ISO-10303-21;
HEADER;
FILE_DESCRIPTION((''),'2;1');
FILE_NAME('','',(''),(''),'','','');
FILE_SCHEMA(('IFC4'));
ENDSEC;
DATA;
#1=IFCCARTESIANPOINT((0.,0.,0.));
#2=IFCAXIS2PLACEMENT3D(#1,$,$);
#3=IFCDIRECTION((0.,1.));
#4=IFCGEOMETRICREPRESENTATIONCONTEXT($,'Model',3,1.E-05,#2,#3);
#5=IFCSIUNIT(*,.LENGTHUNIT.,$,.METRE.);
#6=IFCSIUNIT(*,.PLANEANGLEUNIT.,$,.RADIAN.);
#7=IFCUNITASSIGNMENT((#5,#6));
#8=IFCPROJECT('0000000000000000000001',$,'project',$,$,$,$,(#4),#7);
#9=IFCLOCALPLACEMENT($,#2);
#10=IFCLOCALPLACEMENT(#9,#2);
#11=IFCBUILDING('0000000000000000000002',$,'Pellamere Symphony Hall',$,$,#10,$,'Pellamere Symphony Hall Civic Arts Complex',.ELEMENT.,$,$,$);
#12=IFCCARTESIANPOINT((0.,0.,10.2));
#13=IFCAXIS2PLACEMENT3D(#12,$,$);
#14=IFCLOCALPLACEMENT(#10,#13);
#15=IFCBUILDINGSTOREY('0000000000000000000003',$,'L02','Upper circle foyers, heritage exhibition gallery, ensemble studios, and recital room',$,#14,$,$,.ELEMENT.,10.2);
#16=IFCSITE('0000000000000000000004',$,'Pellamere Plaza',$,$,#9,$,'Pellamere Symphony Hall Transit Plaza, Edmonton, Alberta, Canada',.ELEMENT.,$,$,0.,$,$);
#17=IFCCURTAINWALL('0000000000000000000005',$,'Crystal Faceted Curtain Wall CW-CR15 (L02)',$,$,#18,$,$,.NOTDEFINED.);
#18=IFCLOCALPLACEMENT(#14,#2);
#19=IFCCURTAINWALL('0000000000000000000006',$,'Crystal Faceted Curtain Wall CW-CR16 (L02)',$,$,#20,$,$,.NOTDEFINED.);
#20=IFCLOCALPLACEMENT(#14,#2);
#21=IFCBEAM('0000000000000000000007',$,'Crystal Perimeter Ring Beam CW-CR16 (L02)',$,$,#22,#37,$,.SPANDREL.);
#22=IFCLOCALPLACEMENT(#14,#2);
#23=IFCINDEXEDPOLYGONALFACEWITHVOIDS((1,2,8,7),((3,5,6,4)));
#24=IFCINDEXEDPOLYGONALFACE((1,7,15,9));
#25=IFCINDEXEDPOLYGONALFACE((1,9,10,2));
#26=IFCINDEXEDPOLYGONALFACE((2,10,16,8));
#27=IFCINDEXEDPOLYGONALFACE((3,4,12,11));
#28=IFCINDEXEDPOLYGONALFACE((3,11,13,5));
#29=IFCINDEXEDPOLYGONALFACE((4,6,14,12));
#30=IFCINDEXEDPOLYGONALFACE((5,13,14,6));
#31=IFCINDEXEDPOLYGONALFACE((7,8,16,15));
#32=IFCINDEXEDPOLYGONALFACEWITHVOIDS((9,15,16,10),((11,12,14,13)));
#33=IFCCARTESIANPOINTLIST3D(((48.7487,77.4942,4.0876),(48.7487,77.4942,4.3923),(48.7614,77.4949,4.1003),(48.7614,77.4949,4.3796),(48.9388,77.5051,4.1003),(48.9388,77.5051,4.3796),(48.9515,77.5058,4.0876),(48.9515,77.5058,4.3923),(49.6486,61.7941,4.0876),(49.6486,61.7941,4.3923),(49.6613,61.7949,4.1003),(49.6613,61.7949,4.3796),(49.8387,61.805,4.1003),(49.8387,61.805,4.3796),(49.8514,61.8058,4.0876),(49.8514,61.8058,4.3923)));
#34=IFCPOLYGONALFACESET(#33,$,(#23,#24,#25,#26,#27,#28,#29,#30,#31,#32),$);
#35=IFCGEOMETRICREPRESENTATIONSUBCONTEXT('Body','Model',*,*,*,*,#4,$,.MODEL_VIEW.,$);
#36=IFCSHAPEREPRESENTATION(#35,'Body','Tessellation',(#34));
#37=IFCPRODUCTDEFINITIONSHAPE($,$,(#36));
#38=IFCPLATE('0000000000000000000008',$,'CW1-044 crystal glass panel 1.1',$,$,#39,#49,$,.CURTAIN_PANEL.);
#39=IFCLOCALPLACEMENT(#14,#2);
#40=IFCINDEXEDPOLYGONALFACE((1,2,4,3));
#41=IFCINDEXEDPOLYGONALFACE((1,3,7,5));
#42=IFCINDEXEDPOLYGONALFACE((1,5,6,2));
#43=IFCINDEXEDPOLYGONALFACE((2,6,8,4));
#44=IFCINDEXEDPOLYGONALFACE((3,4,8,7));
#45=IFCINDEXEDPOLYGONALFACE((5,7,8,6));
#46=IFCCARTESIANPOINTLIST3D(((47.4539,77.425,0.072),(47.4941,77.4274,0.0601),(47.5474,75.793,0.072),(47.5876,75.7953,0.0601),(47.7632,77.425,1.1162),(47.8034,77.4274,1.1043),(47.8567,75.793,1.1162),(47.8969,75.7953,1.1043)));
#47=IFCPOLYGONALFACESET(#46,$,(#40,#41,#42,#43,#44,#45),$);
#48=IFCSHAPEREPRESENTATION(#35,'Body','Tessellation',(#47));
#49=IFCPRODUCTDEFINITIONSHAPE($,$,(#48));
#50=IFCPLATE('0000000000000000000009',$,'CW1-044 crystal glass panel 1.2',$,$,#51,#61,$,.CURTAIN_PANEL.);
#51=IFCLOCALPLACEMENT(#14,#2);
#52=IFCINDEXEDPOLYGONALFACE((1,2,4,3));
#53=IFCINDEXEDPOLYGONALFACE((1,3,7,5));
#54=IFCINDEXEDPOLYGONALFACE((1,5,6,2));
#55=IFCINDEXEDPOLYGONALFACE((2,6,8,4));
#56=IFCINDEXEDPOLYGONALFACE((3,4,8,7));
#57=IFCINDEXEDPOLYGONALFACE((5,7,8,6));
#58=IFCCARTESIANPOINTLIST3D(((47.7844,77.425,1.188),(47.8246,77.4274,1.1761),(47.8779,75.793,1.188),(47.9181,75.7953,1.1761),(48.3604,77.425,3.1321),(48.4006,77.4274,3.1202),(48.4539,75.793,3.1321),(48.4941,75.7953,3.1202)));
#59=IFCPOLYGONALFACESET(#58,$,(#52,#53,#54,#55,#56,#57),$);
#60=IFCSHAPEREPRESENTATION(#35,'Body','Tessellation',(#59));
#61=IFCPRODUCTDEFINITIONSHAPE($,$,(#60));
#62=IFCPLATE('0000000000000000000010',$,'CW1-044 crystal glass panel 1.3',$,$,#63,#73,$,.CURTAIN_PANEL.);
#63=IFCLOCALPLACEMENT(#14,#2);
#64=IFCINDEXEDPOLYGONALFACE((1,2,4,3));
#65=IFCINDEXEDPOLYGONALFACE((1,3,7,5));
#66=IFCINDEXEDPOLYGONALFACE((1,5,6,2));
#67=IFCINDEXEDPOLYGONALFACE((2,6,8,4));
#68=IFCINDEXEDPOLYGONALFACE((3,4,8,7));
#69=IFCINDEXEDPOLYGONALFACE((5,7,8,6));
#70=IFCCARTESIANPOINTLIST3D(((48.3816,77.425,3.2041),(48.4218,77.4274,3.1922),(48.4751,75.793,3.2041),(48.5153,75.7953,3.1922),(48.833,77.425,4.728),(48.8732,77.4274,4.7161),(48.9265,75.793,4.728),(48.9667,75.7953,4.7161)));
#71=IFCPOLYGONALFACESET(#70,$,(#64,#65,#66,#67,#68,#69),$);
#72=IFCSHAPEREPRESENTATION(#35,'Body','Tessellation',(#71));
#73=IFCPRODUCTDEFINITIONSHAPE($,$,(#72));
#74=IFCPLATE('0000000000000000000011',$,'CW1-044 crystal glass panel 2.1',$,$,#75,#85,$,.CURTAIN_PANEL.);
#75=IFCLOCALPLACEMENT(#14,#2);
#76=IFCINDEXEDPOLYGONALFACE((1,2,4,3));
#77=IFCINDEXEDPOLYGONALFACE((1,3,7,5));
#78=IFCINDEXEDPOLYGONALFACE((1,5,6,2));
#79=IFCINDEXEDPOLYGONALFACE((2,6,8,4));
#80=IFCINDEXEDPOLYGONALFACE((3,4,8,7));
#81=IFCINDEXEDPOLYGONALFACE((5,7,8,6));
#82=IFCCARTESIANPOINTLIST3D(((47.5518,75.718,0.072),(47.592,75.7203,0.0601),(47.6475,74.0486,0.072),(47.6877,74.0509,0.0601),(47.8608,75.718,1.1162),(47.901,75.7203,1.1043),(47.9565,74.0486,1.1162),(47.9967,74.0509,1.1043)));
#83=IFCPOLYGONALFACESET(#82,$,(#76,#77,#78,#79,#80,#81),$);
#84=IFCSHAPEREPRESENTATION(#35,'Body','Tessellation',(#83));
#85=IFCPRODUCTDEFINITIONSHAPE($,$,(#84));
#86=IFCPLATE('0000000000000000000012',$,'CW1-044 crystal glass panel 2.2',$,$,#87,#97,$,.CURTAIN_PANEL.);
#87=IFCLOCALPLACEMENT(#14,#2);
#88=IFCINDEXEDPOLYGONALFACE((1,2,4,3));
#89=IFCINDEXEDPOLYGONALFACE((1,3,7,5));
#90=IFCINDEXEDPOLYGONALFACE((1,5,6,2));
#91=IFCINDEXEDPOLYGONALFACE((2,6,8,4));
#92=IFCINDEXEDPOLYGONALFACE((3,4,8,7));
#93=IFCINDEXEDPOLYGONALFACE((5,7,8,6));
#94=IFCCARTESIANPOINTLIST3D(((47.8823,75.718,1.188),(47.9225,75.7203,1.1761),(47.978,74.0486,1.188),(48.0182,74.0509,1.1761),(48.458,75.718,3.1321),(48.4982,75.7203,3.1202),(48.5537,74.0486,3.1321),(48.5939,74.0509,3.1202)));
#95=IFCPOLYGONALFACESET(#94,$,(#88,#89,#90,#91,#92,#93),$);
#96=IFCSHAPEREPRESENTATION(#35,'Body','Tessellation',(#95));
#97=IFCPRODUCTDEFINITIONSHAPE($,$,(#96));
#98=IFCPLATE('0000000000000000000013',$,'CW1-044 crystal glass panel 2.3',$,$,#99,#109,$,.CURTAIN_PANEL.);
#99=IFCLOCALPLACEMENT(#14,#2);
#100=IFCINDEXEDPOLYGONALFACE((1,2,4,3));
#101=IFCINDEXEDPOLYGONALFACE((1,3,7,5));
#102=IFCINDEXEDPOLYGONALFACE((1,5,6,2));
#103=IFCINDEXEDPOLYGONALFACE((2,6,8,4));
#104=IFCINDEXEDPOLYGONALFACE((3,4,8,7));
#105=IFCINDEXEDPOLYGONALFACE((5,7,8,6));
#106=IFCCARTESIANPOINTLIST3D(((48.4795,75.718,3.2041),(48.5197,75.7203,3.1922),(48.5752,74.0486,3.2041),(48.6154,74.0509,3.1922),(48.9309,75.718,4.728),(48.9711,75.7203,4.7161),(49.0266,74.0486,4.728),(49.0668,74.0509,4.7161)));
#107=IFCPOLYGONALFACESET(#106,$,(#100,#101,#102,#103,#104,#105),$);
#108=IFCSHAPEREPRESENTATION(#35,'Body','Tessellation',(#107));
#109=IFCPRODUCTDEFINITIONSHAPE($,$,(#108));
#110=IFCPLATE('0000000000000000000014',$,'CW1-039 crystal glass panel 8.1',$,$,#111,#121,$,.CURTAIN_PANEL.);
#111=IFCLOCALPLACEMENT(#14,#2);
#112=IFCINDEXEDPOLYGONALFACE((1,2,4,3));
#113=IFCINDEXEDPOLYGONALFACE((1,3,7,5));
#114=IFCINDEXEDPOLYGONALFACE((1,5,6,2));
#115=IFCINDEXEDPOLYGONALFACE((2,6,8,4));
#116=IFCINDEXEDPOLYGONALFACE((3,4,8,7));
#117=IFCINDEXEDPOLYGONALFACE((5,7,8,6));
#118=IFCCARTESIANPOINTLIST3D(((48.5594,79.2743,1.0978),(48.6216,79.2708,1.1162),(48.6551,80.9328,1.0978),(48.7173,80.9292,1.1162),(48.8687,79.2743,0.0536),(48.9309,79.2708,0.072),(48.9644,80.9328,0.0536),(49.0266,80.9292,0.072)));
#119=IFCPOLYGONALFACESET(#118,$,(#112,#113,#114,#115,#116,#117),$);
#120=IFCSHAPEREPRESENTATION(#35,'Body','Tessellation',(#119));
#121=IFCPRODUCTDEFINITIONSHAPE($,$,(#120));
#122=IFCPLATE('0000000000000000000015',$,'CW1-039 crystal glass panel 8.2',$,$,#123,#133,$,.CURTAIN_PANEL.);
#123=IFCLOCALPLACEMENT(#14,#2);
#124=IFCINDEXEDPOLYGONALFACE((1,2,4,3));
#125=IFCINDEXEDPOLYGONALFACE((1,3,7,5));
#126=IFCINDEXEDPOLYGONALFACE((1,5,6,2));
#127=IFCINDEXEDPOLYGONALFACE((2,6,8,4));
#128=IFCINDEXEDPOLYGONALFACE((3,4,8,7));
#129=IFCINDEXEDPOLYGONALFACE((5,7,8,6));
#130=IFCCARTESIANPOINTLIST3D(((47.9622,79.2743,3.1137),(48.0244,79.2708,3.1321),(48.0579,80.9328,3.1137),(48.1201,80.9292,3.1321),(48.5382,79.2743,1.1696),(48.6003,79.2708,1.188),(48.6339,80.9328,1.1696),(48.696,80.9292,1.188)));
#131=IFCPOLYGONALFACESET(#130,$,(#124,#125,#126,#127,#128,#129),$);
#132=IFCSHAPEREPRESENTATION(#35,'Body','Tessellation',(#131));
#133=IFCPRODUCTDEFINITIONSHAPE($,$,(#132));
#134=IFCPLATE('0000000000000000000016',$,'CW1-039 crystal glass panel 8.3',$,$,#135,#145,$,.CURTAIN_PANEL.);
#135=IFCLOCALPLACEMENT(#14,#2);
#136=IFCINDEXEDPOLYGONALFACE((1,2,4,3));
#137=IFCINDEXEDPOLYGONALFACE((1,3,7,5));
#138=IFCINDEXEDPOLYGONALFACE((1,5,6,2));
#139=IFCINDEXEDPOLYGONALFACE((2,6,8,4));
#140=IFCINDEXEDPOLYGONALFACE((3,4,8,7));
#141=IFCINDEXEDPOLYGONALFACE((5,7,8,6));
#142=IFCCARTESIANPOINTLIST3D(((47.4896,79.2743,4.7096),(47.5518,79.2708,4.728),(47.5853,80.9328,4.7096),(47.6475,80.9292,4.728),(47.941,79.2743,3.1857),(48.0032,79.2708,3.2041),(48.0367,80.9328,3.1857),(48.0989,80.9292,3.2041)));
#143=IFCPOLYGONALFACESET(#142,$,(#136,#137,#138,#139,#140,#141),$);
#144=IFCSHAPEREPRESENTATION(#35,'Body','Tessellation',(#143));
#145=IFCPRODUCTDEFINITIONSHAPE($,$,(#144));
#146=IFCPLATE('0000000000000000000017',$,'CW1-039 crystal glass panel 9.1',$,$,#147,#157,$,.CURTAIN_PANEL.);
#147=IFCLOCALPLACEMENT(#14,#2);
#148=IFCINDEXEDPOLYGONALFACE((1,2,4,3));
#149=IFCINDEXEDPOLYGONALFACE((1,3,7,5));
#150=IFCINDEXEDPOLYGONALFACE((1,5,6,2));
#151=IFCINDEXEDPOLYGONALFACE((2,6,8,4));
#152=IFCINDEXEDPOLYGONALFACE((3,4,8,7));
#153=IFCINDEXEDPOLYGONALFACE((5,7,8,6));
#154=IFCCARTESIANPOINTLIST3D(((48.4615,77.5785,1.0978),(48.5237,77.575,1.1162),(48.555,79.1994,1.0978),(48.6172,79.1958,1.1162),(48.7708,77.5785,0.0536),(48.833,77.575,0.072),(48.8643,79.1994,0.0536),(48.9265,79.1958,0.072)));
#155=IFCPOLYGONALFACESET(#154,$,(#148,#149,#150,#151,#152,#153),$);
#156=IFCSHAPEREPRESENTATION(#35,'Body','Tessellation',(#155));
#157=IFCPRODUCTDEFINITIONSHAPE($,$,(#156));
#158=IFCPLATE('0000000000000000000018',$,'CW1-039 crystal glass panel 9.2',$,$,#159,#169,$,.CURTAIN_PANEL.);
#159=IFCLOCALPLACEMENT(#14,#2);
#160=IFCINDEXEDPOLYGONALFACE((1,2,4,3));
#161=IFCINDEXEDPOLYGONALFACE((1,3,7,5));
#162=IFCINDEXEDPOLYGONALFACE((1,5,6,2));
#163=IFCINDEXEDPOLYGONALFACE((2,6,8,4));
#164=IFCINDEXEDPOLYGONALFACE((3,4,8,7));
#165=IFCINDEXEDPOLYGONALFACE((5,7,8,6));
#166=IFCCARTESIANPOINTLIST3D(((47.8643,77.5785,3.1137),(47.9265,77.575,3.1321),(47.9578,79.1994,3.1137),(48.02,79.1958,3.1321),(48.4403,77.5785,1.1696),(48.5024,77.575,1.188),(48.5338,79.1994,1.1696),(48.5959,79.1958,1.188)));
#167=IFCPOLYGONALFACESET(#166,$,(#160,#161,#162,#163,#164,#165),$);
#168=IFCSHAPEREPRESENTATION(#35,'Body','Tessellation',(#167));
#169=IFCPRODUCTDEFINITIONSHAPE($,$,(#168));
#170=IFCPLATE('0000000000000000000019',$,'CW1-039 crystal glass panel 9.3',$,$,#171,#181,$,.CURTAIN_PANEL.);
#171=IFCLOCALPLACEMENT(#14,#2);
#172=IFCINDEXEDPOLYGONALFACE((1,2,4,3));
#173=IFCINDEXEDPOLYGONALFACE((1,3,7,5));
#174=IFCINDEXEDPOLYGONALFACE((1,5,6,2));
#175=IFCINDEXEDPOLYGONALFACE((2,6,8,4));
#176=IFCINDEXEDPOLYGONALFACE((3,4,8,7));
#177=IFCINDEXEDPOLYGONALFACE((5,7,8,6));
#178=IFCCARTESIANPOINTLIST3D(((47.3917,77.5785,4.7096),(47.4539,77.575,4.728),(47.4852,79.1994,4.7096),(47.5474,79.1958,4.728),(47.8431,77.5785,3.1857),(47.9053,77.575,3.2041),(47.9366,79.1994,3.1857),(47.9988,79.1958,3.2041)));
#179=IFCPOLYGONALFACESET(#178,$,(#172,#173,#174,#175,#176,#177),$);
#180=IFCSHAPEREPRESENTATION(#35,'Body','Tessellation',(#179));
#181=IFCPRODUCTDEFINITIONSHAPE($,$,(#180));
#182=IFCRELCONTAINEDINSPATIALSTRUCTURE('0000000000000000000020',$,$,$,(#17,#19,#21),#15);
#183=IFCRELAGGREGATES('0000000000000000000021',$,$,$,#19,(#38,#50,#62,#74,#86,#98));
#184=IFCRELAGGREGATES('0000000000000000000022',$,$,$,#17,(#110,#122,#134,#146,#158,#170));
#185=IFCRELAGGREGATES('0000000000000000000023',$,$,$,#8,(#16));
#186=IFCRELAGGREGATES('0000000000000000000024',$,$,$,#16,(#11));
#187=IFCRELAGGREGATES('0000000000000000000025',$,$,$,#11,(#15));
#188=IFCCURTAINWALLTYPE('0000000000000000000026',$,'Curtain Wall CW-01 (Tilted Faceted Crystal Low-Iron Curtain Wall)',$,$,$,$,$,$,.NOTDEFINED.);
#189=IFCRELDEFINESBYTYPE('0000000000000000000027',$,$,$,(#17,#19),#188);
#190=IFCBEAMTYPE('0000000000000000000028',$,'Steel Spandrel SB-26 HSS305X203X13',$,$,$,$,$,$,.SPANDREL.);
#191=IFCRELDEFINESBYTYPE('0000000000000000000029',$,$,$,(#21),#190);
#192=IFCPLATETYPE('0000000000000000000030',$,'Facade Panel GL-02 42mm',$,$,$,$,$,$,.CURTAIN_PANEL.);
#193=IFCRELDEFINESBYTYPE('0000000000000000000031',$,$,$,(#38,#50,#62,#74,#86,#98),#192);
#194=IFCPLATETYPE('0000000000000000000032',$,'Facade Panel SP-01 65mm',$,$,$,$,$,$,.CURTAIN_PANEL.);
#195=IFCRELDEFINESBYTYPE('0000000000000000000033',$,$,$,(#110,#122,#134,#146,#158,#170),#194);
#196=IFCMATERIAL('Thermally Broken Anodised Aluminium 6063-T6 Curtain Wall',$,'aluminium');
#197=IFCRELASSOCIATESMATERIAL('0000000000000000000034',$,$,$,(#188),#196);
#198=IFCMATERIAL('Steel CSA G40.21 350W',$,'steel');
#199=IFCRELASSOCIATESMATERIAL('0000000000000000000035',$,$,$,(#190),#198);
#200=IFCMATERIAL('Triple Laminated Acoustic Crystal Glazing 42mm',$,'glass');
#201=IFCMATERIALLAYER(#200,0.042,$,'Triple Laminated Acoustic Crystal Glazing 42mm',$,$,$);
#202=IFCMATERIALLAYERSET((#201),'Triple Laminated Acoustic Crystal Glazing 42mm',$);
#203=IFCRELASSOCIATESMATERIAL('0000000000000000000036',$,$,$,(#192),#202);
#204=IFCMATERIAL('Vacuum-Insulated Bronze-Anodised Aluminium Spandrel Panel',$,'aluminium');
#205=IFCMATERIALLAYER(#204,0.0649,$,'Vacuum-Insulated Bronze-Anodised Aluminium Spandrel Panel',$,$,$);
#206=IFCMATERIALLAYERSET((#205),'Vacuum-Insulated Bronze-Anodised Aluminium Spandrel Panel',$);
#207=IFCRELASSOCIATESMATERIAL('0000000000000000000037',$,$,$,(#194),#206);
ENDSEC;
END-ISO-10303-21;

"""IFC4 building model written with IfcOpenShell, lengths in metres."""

from ifc_helpers import new_model, si_unit, direction, frame, origin, origin_2d, place, context, subcontext, project, spatial, polyline, hollow_rectangle, outline, extrude, material, layer, layer_set, material_profile, profile_set, type_object, element, aggregate, save


model = new_model("IFC4")

# Units and contexts
model_context = context("Model", 3, precision=1e-05, world=origin(), true_north=direction((0.0, 1.0)))
body_context = subcontext(model_context, "Body", "Model", "MODEL_VIEW")
ifc_project = project(units=[si_unit("LENGTHUNIT", "METRE"), si_unit("PLANEANGLEUNIT", "RADIAN")], contexts=[model_context])

# Site, building, storey
site_placement = place(None, origin())
site = spatial("IfcSite", under=ifc_project, at=site_placement, Name="Pellamere Plaza", LongName="Pellamere Symphony Hall Transit Plaza, Edmonton, Alberta, Canada", CompositionType="ELEMENT", RefElevation=0.0)
building_placement = place(site_placement, origin())
building = spatial("IfcBuilding", under=site, at=building_placement, Name="Pellamere Symphony Hall", LongName="Pellamere Symphony Hall Civic Arts Complex", CompositionType="ELEMENT")
storey_placement = place(building_placement, frame((0.0, 0.0, 10.2)))
storey = spatial("IfcBuildingStorey", under=building, at=storey_placement, Name="L02", Description="Upper circle foyers, heritage exhibition gallery, ensemble studios, and recital room", CompositionType="ELEMENT", Elevation=10.2)

# Curtain walls
ifc_material_1 = material(Name="Thermally Broken Anodised Aluminium 6063-T6 Curtain Wall", Category="aluminium")
curtain_wall_type = type_object("IfcCurtainWallType", Name="Curtain Wall CW-01 (Tilted Faceted Crystal Low-Iron Curtain Wall)", PredefinedType="NOTDEFINED", material=ifc_material_1)
curtain_wall_1_placement = place(storey_placement, origin())
curtain_wall_1 = element("IfcCurtainWall", 1, at=curtain_wall_1_placement, inside=storey, type_object=curtain_wall_type, Name="Crystal Faceted Curtain Wall CW-CR15 (L02)", PredefinedType="NOTDEFINED")
curtain_wall_2_placement = place(storey_placement, origin())
curtain_wall_2 = element("IfcCurtainWall", 2, at=curtain_wall_2_placement, inside=storey, type_object=curtain_wall_type, Name="Crystal Faceted Curtain Wall CW-CR16 (L02)", PredefinedType="NOTDEFINED")

# Beam
ifc_material_2 = material(Name="Steel CSA G40.21 350W", Category="steel")
ifc_material_profile_1 = material_profile(ifc_material_2, hollow_rectangle(XDim=0.2031, YDim=0.3047, WallThickness=0.0127, at=origin_2d()), Name="HSS305X203X13")
ifc_profile_set_1 = profile_set([ifc_material_profile_1], Name="Steel CSA G40.21 350W")
beam_type = type_object("IfcBeamType", Name="Steel Spandrel SB-26 HSS305X203X13", PredefinedType="SPANDREL", material=ifc_profile_set_1)
beam_placement = place(storey_placement, frame((48.8501, 77.5, 4.24), z_axis=(0.057225, -0.998361, 0.0), x_axis=(0.998361, 0.057225, 0.0)))
element("IfcBeam", 3, at=beam_placement, inside=storey, type_object=beam_type, Name="Crystal Perimeter Ring Beam CW-CR16 (L02)", PredefinedType="SPANDREL", context=body_context, shape_type="SweptSolid", body=[
    extrude(hollow_rectangle(XDim=0.2031, YDim=0.3047, WallThickness=0.0127, at=origin_2d()), origin(), (0.0, 0.0, 1.0), 15.7258),
])

# Plates
ifc_material_3 = material(Name="Triple Laminated Acoustic Crystal Glazing 42mm", Category="glass")
ifc_layer_1 = layer(ifc_material_3, 0.042, Name="Triple Laminated Acoustic Crystal Glazing 42mm")
ifc_layer_set_1 = layer_set([ifc_layer_1], Name="Triple Laminated Acoustic Crystal Glazing 42mm")
plate_type_1 = type_object("IfcPlateType", Name="Facade Panel GL-02 42mm", PredefinedType="CURTAIN_PANEL", material=ifc_layer_set_1)
plate_1_placement = place(storey_placement, frame((47.4539, 77.425, 0.072), z_axis=(-0.957371, -0.05485, 0.283607), x_axis=(0.057199, -0.998363, 0.0)))
plate_1 = element("IfcPlate", 4, at=plate_1_placement, type_object=plate_type_1, Name="CW1-044 crystal glass panel 1.1", PredefinedType="CURTAIN_PANEL", context=body_context, shape_type="SweptSolid", body=[
    extrude(outline(polyline([(0.0, 0.0), (1.6348, 0.0), (1.6524, 1.0889), (0.0177, 1.0889), (0.0, 0.0)])), origin(), (0.0, 0.0, -1.0), 0.042),
])
plate_2_placement = place(storey_placement, frame((47.7844, 77.425, 1.188), z_axis=(-0.957368, -0.05485, 0.283616), x_axis=(0.057199, -0.998363, 0.0)))
plate_2 = element("IfcPlate", 5, at=plate_2_placement, type_object=plate_type_1, Name="CW1-044 crystal glass panel 1.2", PredefinedType="CURTAIN_PANEL", context=body_context, shape_type="SweptSolid", body=[
    extrude(outline(polyline([(0.0, 0.0), (1.6348, 0.0), (1.6677, 2.0273), (0.0329, 2.0273), (0.0, 0.0)])), origin(), (0.0, 0.0, -1.0), 0.042),
])
plate_3_placement = place(storey_placement, frame((48.3816, 77.425, 3.2041), z_axis=(-0.957375, -0.05485, 0.283593), x_axis=(0.057199, -0.998363, 0.0)))
plate_3 = element("IfcPlate", 6, at=plate_3_placement, type_object=plate_type_1, Name="CW1-044 crystal glass panel 1.3", PredefinedType="CURTAIN_PANEL", context=body_context, shape_type="SweptSolid", body=[
    extrude(outline(polyline([(0.0, 0.0), (1.6348, 0.0), (1.6606, 1.5892), (0.0258, 1.5892), (0.0, 0.0)])), origin(), (0.0, 0.0, -1.0), 0.042),
])
plate_4_placement = place(storey_placement, frame((47.5518, 75.718, 0.072), z_axis=(-0.95743, -0.054886, 0.283401), x_axis=(0.057233, -0.998361, 0.0)))
plate_4 = element("IfcPlate", 7, at=plate_4_placement, type_object=plate_type_1, Name="CW1-044 crystal glass panel 2.1", PredefinedType="CURTAIN_PANEL", context=body_context, shape_type="SweptSolid", body=[
    extrude(outline(polyline([(0.0, 0.0), (1.6722, 0.0), (1.6899, 1.0888), (0.0177, 1.0888), (0.0, 0.0)])), origin(), (0.0, 0.0, -1.0), 0.042),
])
plate_5_placement = place(storey_placement, frame((47.8823, 75.718, 1.188), z_axis=(-0.957399, -0.054885, 0.283505), x_axis=(0.057233, -0.998361, 0.0)))
plate_5 = element("IfcPlate", 8, at=plate_5_placement, type_object=plate_type_1, Name="CW1-044 crystal glass panel 2.2", PredefinedType="CURTAIN_PANEL", context=body_context, shape_type="SweptSolid", body=[
    extrude(outline(polyline([(0.0, 0.0), (1.6722, 0.0), (1.7051, 2.0273), (0.0329, 2.0273), (0.0, 0.0)])), origin(), (0.0, 0.0, -1.0), 0.042),
])
plate_6_placement = place(storey_placement, frame((48.4795, 75.718, 3.2041), z_axis=(-0.957373, -0.054883, 0.283592), x_axis=(0.057233, -0.998361, 0.0)))
plate_6 = element("IfcPlate", 9, at=plate_6_placement, type_object=plate_type_1, Name="CW1-044 crystal glass panel 2.3", PredefinedType="CURTAIN_PANEL", context=body_context, shape_type="SweptSolid", body=[
    extrude(outline(polyline([(0.0, 0.0), (1.6722, 0.0), (1.698, 1.5892), (0.0258, 1.5892), (0.0, 0.0)])), origin(), (0.0, 0.0, -1.0), 0.042),
])
aggregate(curtain_wall_2, [plate_1, plate_2, plate_3, plate_4, plate_5, plate_6])
ifc_material_4 = material(Name="Vacuum-Insulated Bronze-Anodised Aluminium Spandrel Panel", Category="aluminium")
ifc_layer_2 = layer(ifc_material_4, 0.0649, Name="Vacuum-Insulated Bronze-Anodised Aluminium Spandrel Panel")
ifc_layer_set_2 = layer_set([ifc_layer_2], Name="Vacuum-Insulated Bronze-Anodised Aluminium Spandrel Panel")
plate_type_2 = type_object("IfcPlateType", Name="Facade Panel SP-01 65mm", PredefinedType="CURTAIN_PANEL", material=ifc_layer_set_2)
plate_7_placement = place(storey_placement, frame((49.0266, 80.9292, 0.072), z_axis=(0.95735, -0.055245, 0.283601), x_axis=(-0.057611, -0.998339, 0.0)))
plate_7 = element("IfcPlate", 10, at=plate_7_placement, type_object=plate_type_2, Name="CW1-039 crystal glass panel 8.1", PredefinedType="CURTAIN_PANEL", context=body_context, shape_type="SweptSolid", body=[
    extrude(outline(polyline([(0.0, 0.0), (1.6612, 0.0), (1.679, -1.0889), (0.0178, -1.0889), (0.0, 0.0)])), origin(), (0.0, 0.0, -1.0), 0.0649),
])
plate_8_placement = place(storey_placement, frame((48.696, 80.9292, 1.188), z_axis=(0.957347, -0.055245, 0.283609), x_axis=(-0.057611, -0.998339, 0.0)))
plate_8 = element("IfcPlate", 11, at=plate_8_placement, type_object=plate_type_2, Name="CW1-039 crystal glass panel 8.2", PredefinedType="CURTAIN_PANEL", context=body_context, shape_type="SweptSolid", body=[
    extrude(outline(polyline([(0.0, 0.0), (1.6612, 0.0), (1.6944, -2.0273), (0.0332, -2.0273), (0.0, 0.0)])), origin(), (0.0, 0.0, -1.0), 0.0649),
])
plate_9_placement = place(storey_placement, frame((48.0989, 80.9292, 3.2041), z_axis=(0.957354, -0.055246, 0.283587), x_axis=(-0.057611, -0.998339, 0.0)))
plate_9 = element("IfcPlate", 12, at=plate_9_placement, type_object=plate_type_2, Name="CW1-039 crystal glass panel 8.3", PredefinedType="CURTAIN_PANEL", context=body_context, shape_type="SweptSolid", body=[
    extrude(outline(polyline([(0.0, 0.0), (1.6612, 0.0), (1.6872, -1.5892), (0.026, -1.5892), (0.0, 0.0)])), origin(), (0.0, 0.0, -1.0), 0.0649),
])
plate_10_placement = place(storey_placement, frame((48.9265, 79.1958, 0.072), z_axis=(0.957351, -0.055229, 0.283601), x_axis=(-0.057594, -0.99834, 0.0)))
plate_10 = element("IfcPlate", 13, at=plate_10_placement, type_object=plate_type_2, Name="CW1-039 crystal glass panel 9.1", PredefinedType="CURTAIN_PANEL", context=body_context, shape_type="SweptSolid", body=[
    extrude(outline(polyline([(0.0, 0.0), (1.6235, 0.0), (1.6414, -1.0889), (0.0178, -1.0889), (0.0, 0.0)])), origin(), (0.0, 0.0, -1.0), 0.0649),
])
plate_11_placement = place(storey_placement, frame((48.5959, 79.1958, 1.188), z_axis=(0.957348, -0.055229, 0.28361), x_axis=(-0.057594, -0.99834, 0.0)))
plate_11 = element("IfcPlate", 14, at=plate_11_placement, type_object=plate_type_2, Name="CW1-039 crystal glass panel 9.2", PredefinedType="CURTAIN_PANEL", context=body_context, shape_type="SweptSolid", body=[
    extrude(outline(polyline([(0.0, 0.0), (1.6235, 0.0), (1.6567, -2.0273), (0.0332, -2.0273), (0.0, 0.0)])), origin(), (0.0, 0.0, -1.0), 0.0649),
])
plate_12_placement = place(storey_placement, frame((47.9988, 79.1958, 3.2041), z_axis=(0.957355, -0.055229, 0.283587), x_axis=(-0.057594, -0.99834, 0.0)))
plate_12 = element("IfcPlate", 15, at=plate_12_placement, type_object=plate_type_2, Name="CW1-039 crystal glass panel 9.3", PredefinedType="CURTAIN_PANEL", context=body_context, shape_type="SweptSolid", body=[
    extrude(outline(polyline([(0.0, 0.0), (1.6235, 0.0), (1.6495, -1.5892), (0.026, -1.5892), (0.0, 0.0)])), origin(), (0.0, 0.0, -1.0), 0.0649),
])
aggregate(curtain_wall_1, [plate_7, plate_8, plate_9, plate_10, plate_11, plate_12])

save(model, "model.ifc")
